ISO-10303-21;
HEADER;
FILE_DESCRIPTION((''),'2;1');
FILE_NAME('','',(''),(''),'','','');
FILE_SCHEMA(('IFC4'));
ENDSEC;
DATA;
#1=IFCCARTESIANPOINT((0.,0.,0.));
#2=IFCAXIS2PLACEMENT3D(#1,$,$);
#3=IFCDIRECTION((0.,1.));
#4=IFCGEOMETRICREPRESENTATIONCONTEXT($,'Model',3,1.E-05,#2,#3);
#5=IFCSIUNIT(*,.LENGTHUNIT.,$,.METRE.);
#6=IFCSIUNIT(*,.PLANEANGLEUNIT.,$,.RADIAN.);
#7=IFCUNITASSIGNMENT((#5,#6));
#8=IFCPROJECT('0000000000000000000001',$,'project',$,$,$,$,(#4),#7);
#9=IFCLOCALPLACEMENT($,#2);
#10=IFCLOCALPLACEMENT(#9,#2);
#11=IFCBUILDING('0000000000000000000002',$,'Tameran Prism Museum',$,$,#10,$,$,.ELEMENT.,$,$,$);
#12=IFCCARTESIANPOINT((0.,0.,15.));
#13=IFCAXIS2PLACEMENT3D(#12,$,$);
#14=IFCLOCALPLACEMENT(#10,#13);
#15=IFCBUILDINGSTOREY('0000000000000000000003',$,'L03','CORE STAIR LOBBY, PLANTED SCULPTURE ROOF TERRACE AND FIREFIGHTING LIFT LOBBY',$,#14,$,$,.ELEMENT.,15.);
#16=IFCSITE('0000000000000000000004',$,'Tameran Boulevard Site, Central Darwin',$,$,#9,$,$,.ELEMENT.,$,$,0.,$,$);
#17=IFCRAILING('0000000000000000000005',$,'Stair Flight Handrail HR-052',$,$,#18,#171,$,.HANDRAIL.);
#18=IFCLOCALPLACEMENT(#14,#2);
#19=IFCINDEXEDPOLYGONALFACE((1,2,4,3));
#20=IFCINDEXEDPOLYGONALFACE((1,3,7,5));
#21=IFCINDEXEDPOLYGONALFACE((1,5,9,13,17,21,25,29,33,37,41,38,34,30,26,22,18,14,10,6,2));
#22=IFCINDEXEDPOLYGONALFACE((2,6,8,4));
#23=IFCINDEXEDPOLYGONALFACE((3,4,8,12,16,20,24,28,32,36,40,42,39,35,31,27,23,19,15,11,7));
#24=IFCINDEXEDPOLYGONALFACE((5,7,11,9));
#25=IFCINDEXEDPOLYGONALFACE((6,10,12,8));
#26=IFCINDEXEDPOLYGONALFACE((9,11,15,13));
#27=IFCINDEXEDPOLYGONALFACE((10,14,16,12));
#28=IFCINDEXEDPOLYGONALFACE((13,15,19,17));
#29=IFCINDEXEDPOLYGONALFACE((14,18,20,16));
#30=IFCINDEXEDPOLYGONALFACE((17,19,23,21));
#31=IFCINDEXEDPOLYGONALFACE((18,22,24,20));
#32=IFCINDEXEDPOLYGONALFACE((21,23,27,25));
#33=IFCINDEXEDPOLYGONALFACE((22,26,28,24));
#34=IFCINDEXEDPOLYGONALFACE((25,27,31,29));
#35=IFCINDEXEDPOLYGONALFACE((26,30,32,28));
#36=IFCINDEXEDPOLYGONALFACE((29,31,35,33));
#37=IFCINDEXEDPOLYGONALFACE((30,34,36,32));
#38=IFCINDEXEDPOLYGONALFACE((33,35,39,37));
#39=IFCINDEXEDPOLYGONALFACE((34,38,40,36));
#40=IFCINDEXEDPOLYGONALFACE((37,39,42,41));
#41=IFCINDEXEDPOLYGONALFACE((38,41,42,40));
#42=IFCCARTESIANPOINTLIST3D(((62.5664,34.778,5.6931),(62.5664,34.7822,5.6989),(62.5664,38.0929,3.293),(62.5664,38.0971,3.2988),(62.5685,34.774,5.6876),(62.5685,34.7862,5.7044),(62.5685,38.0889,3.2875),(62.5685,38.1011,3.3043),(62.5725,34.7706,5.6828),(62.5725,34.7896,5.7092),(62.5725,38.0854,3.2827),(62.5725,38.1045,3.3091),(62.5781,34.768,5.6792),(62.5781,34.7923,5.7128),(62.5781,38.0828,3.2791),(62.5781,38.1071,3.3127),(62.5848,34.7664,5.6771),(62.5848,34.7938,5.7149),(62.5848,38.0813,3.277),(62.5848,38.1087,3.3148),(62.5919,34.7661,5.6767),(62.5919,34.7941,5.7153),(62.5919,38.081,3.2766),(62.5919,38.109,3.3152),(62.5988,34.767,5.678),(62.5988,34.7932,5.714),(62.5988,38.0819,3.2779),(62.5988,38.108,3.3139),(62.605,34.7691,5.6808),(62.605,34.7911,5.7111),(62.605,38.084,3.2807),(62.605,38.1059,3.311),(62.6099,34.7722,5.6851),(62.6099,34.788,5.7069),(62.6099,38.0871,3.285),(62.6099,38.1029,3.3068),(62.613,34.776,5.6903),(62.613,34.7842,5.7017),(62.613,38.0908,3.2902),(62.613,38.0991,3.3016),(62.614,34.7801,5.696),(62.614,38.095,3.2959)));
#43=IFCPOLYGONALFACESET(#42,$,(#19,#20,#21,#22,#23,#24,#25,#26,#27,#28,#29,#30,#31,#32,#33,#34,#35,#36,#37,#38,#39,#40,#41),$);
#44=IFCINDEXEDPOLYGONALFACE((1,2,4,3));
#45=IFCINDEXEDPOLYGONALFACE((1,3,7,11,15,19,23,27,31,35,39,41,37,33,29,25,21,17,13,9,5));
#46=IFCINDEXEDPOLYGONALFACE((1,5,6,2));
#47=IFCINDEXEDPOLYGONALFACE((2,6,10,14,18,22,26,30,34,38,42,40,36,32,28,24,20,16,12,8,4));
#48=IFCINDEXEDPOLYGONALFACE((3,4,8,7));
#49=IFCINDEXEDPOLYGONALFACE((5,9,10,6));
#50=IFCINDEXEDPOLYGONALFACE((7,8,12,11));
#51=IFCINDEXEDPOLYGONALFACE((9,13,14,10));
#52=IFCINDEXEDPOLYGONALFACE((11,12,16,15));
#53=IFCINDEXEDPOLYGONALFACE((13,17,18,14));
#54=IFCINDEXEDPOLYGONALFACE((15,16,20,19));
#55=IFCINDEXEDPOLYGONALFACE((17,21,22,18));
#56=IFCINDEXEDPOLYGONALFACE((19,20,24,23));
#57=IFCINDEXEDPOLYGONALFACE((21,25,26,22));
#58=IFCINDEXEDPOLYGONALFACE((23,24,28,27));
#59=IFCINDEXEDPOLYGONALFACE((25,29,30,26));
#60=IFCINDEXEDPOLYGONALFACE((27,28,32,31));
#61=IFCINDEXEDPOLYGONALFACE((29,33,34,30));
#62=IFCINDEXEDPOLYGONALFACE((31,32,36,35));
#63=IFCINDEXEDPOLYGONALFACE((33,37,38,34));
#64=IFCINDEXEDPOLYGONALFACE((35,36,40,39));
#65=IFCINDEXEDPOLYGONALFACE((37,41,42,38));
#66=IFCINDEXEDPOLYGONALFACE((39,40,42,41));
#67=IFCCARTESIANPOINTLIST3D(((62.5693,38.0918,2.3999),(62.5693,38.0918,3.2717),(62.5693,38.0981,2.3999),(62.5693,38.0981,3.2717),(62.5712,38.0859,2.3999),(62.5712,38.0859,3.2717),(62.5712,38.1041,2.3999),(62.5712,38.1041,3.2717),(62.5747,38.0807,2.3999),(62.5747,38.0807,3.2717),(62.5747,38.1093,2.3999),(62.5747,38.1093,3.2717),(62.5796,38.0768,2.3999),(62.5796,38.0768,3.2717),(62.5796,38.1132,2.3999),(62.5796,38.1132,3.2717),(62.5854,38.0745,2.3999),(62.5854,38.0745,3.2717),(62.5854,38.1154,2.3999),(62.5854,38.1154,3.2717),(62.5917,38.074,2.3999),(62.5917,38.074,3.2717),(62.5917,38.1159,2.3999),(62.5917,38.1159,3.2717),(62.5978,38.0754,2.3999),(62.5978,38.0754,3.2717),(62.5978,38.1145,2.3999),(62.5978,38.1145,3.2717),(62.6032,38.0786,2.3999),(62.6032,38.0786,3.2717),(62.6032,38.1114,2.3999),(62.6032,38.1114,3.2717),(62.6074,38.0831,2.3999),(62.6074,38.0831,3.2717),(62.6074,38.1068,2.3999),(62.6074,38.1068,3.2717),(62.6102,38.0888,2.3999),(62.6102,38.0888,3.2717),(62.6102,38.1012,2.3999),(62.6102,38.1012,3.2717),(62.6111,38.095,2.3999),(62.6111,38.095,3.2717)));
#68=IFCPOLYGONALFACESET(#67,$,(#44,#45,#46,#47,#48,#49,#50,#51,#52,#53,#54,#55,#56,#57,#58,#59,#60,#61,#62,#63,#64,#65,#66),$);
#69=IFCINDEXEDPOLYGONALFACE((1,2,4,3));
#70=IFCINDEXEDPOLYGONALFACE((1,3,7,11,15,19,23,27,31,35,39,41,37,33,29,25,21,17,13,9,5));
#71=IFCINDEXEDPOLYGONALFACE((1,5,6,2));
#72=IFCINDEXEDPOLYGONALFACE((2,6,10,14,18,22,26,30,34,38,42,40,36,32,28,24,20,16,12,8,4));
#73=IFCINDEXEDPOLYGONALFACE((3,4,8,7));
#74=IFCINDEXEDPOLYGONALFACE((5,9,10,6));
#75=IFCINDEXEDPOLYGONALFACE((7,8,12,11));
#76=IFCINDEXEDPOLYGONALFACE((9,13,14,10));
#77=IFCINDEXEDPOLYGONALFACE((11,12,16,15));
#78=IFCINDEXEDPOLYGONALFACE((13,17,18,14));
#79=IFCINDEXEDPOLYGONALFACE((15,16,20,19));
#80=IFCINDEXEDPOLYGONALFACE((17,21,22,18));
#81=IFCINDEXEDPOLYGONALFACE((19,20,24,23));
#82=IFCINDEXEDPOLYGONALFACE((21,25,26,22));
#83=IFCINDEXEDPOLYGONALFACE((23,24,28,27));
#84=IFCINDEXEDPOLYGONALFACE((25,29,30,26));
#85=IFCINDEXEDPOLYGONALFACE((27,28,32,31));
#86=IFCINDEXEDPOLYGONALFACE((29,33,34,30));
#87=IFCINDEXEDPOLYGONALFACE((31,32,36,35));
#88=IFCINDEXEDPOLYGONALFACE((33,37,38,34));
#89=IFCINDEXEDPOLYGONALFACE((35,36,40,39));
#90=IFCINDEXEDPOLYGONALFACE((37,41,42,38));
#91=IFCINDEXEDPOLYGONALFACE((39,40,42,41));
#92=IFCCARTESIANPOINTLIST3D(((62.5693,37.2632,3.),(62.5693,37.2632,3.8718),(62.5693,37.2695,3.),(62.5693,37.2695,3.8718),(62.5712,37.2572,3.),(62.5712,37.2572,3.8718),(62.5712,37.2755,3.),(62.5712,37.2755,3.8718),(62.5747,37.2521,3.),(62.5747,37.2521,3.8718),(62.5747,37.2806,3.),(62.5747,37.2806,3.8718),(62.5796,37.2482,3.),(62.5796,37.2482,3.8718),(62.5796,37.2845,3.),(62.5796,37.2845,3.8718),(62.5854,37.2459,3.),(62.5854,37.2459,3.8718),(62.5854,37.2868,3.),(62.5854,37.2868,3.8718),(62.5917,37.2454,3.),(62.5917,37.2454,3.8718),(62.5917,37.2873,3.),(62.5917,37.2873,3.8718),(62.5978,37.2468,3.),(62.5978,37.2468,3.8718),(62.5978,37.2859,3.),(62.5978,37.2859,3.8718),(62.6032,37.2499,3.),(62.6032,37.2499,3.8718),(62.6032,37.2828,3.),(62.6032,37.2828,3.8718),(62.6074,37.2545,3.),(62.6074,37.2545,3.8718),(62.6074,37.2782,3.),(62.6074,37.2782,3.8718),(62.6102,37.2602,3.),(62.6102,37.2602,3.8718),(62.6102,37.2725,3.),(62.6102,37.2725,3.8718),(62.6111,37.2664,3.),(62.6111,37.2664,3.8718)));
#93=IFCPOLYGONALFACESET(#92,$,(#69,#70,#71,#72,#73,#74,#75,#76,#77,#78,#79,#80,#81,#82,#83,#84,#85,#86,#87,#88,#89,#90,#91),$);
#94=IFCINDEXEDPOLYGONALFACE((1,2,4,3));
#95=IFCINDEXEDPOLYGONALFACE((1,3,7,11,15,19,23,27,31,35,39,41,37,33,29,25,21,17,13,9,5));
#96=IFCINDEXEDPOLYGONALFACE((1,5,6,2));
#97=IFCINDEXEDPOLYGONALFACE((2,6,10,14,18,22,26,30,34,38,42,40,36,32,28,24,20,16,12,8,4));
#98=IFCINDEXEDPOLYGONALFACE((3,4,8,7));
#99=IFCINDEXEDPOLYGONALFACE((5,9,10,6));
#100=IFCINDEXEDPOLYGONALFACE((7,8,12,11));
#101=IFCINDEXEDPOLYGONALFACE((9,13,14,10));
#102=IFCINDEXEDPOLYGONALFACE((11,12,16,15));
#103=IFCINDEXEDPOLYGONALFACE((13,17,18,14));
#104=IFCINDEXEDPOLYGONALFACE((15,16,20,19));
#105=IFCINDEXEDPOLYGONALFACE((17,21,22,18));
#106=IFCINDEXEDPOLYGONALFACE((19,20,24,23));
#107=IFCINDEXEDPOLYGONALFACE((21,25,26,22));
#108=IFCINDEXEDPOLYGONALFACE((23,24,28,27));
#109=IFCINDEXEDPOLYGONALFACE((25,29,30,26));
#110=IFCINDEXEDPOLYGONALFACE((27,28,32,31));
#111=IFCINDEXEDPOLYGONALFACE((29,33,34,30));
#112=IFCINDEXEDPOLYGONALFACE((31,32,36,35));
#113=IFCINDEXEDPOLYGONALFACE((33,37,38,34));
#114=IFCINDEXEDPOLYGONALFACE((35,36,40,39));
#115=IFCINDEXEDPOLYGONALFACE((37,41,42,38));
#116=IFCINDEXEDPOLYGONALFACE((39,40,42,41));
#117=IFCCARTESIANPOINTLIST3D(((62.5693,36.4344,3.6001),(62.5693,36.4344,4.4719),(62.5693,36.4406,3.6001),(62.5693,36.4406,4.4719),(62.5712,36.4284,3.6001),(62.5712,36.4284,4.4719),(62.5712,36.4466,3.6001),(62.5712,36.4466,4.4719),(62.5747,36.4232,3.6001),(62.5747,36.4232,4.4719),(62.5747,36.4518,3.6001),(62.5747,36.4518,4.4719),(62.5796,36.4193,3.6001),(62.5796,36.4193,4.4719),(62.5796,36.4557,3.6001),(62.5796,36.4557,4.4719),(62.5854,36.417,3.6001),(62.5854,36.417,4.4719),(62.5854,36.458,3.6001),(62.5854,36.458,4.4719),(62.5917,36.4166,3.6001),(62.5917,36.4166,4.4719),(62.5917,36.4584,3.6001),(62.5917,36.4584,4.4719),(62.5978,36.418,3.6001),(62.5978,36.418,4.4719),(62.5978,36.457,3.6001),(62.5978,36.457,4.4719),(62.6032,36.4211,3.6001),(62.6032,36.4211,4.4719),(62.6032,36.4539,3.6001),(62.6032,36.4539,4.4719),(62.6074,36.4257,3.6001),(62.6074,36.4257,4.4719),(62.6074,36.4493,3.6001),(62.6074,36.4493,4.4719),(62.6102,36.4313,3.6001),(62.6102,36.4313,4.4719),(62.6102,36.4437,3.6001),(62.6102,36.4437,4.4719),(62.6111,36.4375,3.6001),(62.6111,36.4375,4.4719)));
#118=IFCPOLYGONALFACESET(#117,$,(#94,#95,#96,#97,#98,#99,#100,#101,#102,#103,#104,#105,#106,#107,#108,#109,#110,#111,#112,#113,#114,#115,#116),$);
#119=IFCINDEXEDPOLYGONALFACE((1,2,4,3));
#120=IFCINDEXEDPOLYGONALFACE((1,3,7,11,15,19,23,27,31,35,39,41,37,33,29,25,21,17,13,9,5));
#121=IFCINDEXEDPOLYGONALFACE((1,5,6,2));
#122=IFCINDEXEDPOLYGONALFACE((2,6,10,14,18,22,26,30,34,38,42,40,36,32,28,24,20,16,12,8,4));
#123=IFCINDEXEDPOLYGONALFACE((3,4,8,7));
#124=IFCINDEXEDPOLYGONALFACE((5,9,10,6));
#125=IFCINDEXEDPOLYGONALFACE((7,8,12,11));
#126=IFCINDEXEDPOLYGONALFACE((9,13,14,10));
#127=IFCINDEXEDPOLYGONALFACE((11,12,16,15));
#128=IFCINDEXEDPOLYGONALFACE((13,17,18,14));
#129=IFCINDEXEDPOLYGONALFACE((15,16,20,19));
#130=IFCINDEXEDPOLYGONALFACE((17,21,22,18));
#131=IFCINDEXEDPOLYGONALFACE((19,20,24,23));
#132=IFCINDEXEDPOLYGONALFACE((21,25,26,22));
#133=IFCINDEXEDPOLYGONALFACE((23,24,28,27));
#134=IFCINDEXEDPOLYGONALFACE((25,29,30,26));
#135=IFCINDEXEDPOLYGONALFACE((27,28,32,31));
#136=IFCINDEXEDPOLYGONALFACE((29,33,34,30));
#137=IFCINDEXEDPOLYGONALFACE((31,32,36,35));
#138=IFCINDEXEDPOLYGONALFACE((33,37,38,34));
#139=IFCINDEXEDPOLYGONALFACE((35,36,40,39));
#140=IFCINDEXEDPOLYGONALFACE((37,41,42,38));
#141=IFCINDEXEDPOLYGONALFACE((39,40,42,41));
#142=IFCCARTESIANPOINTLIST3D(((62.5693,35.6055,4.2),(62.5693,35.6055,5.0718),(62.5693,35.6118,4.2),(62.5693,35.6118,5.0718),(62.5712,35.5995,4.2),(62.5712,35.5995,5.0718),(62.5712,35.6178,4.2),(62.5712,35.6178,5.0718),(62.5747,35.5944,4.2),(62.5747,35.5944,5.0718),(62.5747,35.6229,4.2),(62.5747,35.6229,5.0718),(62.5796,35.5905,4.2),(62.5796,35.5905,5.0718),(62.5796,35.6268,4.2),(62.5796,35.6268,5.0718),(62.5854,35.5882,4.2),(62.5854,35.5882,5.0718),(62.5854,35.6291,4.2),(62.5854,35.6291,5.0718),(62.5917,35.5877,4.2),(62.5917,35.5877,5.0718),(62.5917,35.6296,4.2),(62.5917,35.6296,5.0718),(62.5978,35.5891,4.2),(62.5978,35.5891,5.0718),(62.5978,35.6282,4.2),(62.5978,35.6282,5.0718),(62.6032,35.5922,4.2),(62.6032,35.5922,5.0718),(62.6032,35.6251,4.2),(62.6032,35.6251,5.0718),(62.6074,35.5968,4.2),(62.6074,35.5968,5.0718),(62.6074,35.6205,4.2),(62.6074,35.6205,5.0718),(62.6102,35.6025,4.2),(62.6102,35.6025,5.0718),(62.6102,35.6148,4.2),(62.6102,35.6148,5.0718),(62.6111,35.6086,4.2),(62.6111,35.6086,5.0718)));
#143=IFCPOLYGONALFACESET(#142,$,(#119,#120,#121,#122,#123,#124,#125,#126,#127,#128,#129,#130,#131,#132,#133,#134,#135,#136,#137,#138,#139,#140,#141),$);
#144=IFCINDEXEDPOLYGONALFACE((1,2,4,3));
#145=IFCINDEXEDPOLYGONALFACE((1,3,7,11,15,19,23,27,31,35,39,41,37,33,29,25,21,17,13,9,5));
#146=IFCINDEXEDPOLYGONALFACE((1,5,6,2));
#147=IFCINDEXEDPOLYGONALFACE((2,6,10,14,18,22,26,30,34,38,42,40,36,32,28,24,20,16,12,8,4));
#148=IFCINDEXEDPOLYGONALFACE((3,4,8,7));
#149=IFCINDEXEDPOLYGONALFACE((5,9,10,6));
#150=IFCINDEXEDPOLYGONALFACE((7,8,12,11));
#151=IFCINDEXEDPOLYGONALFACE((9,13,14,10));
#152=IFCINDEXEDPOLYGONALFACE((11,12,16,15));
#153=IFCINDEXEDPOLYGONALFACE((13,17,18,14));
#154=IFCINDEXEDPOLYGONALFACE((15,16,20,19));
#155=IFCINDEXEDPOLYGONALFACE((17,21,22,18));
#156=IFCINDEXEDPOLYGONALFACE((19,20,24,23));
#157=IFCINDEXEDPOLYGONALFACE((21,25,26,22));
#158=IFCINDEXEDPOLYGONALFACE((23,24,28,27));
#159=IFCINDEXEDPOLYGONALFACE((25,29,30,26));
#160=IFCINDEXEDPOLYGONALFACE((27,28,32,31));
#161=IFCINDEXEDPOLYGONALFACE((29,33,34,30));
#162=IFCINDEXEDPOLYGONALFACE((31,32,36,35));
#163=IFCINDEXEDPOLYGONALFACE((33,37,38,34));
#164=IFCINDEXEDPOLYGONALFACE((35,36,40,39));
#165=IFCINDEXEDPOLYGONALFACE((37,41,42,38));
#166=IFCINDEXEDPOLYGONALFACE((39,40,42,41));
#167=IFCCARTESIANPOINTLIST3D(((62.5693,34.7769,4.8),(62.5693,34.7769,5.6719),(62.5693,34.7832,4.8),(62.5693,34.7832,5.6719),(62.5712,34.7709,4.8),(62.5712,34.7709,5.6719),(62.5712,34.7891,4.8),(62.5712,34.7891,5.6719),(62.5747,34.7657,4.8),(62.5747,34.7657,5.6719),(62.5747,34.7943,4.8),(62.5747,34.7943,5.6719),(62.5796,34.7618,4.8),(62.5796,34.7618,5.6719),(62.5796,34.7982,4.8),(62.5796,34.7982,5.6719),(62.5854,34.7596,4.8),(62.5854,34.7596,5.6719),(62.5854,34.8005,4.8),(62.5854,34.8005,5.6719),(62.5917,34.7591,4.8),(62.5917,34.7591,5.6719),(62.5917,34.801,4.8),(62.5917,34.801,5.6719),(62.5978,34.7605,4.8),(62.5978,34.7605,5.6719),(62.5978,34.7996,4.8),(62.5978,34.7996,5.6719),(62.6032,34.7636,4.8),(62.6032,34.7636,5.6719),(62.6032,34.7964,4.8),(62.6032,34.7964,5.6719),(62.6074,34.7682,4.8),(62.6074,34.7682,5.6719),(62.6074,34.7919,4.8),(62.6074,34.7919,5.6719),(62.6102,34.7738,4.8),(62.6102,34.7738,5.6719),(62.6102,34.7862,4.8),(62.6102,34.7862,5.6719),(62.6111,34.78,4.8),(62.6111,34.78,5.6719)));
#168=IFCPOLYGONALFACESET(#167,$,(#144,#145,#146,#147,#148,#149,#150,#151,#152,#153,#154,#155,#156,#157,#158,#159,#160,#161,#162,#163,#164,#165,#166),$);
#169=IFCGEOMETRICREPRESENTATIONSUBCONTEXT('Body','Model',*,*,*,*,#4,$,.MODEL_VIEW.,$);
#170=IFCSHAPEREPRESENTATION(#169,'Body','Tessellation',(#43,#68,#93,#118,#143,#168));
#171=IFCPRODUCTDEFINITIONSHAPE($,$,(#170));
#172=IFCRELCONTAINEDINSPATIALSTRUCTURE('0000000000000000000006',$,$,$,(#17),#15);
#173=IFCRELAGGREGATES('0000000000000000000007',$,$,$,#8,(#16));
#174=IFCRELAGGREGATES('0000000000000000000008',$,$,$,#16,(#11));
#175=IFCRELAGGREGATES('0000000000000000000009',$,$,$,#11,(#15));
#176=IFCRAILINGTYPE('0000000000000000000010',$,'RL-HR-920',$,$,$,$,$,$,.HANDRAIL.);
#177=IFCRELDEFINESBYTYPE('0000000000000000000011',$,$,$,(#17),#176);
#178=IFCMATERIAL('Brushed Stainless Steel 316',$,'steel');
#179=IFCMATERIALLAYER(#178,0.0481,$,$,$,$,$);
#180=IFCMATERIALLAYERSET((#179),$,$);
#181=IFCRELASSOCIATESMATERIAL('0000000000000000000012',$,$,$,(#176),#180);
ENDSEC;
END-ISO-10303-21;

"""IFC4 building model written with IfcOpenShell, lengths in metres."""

from ifc_helpers import new_model, si_unit, direction, frame, origin, origin_2d, place, context, subcontext, project, spatial, circle, extrude, material, layer, layer_set, type_object, element, save


model = new_model("IFC4")

# Units and contexts
model_context = context("Model", 3, precision=1e-05, world=origin(), true_north=direction((0.0, 1.0)))
body_context = subcontext(model_context, "Body", "Model", "MODEL_VIEW")
ifc_project = project(units=[si_unit("LENGTHUNIT", "METRE"), si_unit("PLANEANGLEUNIT", "RADIAN")], contexts=[model_context])

# Site, building, storey
site_placement = place(None, origin())
site = spatial("IfcSite", under=ifc_project, at=site_placement, Name="Tameran Boulevard Site, Central Darwin", CompositionType="ELEMENT", RefElevation=0.0)
building_placement = place(site_placement, origin())
building = spatial("IfcBuilding", under=site, at=building_placement, Name="Tameran Prism Museum", CompositionType="ELEMENT")
storey_placement = place(building_placement, frame((0.0, 0.0, 15.0)))
storey = spatial("IfcBuildingStorey", under=building, at=storey_placement, Name="L03", Description="CORE STAIR LOBBY, PLANTED SCULPTURE ROOF TERRACE AND FIREFIGHTING LIFT LOBBY", CompositionType="ELEMENT", Elevation=15.0)

# Railing
ifc_material_1 = material(Name="Brushed Stainless Steel 316", Category="steel")
ifc_layer_1 = layer(ifc_material_1, 0.0481)
ifc_layer_set_1 = layer_set([ifc_layer_1])
railing_type_1 = type_object("IfcRailingType", Name="RL-HR-920", PredefinedType="HANDRAIL", material=ifc_layer_set_1)
railing_1_placement = place(storey_placement, frame((62.5901, 38.095, 2.3999)))
element("IfcRailing", 1, at=railing_1_placement, inside=storey, type_object=railing_type_1, Name="Stair Flight Handrail HR-052", PredefinedType="HANDRAIL", context=body_context, shape_type="SweptSolid", body=[
    extrude(circle(Radius=0.0239, at=origin_2d()), frame((0.0, 0.0, 0.896), z_axis=(0.0, -0.80998, 0.586457), x_axis=(1.0, 0.0, 0.0)), (0.0, 0.0, 1.0), 4.0925),
    extrude(circle(Radius=0.021, at=origin_2d()), origin(), (0.0, 0.0, 1.0), 0.8718),
    extrude(circle(Radius=0.021, at=origin_2d()), frame((0.0, -0.8286, 0.6001)), (0.0, 0.0, 1.0), 0.8718),
    extrude(circle(Radius=0.021, at=origin_2d()), frame((0.0, -1.6575, 1.2002)), (0.0, 0.0, 1.0), 0.8718),
    extrude(circle(Radius=0.021, at=origin_2d()), frame((0.0, -2.4863, 1.8)), (0.0, 0.0, 1.0), 0.8718),
    extrude(circle(Radius=0.021, at=origin_2d()), frame((0.0, -3.3149, 2.4001)), (0.0, 0.0, 1.0), 0.8718),
])

save(model, "model.ifc")
